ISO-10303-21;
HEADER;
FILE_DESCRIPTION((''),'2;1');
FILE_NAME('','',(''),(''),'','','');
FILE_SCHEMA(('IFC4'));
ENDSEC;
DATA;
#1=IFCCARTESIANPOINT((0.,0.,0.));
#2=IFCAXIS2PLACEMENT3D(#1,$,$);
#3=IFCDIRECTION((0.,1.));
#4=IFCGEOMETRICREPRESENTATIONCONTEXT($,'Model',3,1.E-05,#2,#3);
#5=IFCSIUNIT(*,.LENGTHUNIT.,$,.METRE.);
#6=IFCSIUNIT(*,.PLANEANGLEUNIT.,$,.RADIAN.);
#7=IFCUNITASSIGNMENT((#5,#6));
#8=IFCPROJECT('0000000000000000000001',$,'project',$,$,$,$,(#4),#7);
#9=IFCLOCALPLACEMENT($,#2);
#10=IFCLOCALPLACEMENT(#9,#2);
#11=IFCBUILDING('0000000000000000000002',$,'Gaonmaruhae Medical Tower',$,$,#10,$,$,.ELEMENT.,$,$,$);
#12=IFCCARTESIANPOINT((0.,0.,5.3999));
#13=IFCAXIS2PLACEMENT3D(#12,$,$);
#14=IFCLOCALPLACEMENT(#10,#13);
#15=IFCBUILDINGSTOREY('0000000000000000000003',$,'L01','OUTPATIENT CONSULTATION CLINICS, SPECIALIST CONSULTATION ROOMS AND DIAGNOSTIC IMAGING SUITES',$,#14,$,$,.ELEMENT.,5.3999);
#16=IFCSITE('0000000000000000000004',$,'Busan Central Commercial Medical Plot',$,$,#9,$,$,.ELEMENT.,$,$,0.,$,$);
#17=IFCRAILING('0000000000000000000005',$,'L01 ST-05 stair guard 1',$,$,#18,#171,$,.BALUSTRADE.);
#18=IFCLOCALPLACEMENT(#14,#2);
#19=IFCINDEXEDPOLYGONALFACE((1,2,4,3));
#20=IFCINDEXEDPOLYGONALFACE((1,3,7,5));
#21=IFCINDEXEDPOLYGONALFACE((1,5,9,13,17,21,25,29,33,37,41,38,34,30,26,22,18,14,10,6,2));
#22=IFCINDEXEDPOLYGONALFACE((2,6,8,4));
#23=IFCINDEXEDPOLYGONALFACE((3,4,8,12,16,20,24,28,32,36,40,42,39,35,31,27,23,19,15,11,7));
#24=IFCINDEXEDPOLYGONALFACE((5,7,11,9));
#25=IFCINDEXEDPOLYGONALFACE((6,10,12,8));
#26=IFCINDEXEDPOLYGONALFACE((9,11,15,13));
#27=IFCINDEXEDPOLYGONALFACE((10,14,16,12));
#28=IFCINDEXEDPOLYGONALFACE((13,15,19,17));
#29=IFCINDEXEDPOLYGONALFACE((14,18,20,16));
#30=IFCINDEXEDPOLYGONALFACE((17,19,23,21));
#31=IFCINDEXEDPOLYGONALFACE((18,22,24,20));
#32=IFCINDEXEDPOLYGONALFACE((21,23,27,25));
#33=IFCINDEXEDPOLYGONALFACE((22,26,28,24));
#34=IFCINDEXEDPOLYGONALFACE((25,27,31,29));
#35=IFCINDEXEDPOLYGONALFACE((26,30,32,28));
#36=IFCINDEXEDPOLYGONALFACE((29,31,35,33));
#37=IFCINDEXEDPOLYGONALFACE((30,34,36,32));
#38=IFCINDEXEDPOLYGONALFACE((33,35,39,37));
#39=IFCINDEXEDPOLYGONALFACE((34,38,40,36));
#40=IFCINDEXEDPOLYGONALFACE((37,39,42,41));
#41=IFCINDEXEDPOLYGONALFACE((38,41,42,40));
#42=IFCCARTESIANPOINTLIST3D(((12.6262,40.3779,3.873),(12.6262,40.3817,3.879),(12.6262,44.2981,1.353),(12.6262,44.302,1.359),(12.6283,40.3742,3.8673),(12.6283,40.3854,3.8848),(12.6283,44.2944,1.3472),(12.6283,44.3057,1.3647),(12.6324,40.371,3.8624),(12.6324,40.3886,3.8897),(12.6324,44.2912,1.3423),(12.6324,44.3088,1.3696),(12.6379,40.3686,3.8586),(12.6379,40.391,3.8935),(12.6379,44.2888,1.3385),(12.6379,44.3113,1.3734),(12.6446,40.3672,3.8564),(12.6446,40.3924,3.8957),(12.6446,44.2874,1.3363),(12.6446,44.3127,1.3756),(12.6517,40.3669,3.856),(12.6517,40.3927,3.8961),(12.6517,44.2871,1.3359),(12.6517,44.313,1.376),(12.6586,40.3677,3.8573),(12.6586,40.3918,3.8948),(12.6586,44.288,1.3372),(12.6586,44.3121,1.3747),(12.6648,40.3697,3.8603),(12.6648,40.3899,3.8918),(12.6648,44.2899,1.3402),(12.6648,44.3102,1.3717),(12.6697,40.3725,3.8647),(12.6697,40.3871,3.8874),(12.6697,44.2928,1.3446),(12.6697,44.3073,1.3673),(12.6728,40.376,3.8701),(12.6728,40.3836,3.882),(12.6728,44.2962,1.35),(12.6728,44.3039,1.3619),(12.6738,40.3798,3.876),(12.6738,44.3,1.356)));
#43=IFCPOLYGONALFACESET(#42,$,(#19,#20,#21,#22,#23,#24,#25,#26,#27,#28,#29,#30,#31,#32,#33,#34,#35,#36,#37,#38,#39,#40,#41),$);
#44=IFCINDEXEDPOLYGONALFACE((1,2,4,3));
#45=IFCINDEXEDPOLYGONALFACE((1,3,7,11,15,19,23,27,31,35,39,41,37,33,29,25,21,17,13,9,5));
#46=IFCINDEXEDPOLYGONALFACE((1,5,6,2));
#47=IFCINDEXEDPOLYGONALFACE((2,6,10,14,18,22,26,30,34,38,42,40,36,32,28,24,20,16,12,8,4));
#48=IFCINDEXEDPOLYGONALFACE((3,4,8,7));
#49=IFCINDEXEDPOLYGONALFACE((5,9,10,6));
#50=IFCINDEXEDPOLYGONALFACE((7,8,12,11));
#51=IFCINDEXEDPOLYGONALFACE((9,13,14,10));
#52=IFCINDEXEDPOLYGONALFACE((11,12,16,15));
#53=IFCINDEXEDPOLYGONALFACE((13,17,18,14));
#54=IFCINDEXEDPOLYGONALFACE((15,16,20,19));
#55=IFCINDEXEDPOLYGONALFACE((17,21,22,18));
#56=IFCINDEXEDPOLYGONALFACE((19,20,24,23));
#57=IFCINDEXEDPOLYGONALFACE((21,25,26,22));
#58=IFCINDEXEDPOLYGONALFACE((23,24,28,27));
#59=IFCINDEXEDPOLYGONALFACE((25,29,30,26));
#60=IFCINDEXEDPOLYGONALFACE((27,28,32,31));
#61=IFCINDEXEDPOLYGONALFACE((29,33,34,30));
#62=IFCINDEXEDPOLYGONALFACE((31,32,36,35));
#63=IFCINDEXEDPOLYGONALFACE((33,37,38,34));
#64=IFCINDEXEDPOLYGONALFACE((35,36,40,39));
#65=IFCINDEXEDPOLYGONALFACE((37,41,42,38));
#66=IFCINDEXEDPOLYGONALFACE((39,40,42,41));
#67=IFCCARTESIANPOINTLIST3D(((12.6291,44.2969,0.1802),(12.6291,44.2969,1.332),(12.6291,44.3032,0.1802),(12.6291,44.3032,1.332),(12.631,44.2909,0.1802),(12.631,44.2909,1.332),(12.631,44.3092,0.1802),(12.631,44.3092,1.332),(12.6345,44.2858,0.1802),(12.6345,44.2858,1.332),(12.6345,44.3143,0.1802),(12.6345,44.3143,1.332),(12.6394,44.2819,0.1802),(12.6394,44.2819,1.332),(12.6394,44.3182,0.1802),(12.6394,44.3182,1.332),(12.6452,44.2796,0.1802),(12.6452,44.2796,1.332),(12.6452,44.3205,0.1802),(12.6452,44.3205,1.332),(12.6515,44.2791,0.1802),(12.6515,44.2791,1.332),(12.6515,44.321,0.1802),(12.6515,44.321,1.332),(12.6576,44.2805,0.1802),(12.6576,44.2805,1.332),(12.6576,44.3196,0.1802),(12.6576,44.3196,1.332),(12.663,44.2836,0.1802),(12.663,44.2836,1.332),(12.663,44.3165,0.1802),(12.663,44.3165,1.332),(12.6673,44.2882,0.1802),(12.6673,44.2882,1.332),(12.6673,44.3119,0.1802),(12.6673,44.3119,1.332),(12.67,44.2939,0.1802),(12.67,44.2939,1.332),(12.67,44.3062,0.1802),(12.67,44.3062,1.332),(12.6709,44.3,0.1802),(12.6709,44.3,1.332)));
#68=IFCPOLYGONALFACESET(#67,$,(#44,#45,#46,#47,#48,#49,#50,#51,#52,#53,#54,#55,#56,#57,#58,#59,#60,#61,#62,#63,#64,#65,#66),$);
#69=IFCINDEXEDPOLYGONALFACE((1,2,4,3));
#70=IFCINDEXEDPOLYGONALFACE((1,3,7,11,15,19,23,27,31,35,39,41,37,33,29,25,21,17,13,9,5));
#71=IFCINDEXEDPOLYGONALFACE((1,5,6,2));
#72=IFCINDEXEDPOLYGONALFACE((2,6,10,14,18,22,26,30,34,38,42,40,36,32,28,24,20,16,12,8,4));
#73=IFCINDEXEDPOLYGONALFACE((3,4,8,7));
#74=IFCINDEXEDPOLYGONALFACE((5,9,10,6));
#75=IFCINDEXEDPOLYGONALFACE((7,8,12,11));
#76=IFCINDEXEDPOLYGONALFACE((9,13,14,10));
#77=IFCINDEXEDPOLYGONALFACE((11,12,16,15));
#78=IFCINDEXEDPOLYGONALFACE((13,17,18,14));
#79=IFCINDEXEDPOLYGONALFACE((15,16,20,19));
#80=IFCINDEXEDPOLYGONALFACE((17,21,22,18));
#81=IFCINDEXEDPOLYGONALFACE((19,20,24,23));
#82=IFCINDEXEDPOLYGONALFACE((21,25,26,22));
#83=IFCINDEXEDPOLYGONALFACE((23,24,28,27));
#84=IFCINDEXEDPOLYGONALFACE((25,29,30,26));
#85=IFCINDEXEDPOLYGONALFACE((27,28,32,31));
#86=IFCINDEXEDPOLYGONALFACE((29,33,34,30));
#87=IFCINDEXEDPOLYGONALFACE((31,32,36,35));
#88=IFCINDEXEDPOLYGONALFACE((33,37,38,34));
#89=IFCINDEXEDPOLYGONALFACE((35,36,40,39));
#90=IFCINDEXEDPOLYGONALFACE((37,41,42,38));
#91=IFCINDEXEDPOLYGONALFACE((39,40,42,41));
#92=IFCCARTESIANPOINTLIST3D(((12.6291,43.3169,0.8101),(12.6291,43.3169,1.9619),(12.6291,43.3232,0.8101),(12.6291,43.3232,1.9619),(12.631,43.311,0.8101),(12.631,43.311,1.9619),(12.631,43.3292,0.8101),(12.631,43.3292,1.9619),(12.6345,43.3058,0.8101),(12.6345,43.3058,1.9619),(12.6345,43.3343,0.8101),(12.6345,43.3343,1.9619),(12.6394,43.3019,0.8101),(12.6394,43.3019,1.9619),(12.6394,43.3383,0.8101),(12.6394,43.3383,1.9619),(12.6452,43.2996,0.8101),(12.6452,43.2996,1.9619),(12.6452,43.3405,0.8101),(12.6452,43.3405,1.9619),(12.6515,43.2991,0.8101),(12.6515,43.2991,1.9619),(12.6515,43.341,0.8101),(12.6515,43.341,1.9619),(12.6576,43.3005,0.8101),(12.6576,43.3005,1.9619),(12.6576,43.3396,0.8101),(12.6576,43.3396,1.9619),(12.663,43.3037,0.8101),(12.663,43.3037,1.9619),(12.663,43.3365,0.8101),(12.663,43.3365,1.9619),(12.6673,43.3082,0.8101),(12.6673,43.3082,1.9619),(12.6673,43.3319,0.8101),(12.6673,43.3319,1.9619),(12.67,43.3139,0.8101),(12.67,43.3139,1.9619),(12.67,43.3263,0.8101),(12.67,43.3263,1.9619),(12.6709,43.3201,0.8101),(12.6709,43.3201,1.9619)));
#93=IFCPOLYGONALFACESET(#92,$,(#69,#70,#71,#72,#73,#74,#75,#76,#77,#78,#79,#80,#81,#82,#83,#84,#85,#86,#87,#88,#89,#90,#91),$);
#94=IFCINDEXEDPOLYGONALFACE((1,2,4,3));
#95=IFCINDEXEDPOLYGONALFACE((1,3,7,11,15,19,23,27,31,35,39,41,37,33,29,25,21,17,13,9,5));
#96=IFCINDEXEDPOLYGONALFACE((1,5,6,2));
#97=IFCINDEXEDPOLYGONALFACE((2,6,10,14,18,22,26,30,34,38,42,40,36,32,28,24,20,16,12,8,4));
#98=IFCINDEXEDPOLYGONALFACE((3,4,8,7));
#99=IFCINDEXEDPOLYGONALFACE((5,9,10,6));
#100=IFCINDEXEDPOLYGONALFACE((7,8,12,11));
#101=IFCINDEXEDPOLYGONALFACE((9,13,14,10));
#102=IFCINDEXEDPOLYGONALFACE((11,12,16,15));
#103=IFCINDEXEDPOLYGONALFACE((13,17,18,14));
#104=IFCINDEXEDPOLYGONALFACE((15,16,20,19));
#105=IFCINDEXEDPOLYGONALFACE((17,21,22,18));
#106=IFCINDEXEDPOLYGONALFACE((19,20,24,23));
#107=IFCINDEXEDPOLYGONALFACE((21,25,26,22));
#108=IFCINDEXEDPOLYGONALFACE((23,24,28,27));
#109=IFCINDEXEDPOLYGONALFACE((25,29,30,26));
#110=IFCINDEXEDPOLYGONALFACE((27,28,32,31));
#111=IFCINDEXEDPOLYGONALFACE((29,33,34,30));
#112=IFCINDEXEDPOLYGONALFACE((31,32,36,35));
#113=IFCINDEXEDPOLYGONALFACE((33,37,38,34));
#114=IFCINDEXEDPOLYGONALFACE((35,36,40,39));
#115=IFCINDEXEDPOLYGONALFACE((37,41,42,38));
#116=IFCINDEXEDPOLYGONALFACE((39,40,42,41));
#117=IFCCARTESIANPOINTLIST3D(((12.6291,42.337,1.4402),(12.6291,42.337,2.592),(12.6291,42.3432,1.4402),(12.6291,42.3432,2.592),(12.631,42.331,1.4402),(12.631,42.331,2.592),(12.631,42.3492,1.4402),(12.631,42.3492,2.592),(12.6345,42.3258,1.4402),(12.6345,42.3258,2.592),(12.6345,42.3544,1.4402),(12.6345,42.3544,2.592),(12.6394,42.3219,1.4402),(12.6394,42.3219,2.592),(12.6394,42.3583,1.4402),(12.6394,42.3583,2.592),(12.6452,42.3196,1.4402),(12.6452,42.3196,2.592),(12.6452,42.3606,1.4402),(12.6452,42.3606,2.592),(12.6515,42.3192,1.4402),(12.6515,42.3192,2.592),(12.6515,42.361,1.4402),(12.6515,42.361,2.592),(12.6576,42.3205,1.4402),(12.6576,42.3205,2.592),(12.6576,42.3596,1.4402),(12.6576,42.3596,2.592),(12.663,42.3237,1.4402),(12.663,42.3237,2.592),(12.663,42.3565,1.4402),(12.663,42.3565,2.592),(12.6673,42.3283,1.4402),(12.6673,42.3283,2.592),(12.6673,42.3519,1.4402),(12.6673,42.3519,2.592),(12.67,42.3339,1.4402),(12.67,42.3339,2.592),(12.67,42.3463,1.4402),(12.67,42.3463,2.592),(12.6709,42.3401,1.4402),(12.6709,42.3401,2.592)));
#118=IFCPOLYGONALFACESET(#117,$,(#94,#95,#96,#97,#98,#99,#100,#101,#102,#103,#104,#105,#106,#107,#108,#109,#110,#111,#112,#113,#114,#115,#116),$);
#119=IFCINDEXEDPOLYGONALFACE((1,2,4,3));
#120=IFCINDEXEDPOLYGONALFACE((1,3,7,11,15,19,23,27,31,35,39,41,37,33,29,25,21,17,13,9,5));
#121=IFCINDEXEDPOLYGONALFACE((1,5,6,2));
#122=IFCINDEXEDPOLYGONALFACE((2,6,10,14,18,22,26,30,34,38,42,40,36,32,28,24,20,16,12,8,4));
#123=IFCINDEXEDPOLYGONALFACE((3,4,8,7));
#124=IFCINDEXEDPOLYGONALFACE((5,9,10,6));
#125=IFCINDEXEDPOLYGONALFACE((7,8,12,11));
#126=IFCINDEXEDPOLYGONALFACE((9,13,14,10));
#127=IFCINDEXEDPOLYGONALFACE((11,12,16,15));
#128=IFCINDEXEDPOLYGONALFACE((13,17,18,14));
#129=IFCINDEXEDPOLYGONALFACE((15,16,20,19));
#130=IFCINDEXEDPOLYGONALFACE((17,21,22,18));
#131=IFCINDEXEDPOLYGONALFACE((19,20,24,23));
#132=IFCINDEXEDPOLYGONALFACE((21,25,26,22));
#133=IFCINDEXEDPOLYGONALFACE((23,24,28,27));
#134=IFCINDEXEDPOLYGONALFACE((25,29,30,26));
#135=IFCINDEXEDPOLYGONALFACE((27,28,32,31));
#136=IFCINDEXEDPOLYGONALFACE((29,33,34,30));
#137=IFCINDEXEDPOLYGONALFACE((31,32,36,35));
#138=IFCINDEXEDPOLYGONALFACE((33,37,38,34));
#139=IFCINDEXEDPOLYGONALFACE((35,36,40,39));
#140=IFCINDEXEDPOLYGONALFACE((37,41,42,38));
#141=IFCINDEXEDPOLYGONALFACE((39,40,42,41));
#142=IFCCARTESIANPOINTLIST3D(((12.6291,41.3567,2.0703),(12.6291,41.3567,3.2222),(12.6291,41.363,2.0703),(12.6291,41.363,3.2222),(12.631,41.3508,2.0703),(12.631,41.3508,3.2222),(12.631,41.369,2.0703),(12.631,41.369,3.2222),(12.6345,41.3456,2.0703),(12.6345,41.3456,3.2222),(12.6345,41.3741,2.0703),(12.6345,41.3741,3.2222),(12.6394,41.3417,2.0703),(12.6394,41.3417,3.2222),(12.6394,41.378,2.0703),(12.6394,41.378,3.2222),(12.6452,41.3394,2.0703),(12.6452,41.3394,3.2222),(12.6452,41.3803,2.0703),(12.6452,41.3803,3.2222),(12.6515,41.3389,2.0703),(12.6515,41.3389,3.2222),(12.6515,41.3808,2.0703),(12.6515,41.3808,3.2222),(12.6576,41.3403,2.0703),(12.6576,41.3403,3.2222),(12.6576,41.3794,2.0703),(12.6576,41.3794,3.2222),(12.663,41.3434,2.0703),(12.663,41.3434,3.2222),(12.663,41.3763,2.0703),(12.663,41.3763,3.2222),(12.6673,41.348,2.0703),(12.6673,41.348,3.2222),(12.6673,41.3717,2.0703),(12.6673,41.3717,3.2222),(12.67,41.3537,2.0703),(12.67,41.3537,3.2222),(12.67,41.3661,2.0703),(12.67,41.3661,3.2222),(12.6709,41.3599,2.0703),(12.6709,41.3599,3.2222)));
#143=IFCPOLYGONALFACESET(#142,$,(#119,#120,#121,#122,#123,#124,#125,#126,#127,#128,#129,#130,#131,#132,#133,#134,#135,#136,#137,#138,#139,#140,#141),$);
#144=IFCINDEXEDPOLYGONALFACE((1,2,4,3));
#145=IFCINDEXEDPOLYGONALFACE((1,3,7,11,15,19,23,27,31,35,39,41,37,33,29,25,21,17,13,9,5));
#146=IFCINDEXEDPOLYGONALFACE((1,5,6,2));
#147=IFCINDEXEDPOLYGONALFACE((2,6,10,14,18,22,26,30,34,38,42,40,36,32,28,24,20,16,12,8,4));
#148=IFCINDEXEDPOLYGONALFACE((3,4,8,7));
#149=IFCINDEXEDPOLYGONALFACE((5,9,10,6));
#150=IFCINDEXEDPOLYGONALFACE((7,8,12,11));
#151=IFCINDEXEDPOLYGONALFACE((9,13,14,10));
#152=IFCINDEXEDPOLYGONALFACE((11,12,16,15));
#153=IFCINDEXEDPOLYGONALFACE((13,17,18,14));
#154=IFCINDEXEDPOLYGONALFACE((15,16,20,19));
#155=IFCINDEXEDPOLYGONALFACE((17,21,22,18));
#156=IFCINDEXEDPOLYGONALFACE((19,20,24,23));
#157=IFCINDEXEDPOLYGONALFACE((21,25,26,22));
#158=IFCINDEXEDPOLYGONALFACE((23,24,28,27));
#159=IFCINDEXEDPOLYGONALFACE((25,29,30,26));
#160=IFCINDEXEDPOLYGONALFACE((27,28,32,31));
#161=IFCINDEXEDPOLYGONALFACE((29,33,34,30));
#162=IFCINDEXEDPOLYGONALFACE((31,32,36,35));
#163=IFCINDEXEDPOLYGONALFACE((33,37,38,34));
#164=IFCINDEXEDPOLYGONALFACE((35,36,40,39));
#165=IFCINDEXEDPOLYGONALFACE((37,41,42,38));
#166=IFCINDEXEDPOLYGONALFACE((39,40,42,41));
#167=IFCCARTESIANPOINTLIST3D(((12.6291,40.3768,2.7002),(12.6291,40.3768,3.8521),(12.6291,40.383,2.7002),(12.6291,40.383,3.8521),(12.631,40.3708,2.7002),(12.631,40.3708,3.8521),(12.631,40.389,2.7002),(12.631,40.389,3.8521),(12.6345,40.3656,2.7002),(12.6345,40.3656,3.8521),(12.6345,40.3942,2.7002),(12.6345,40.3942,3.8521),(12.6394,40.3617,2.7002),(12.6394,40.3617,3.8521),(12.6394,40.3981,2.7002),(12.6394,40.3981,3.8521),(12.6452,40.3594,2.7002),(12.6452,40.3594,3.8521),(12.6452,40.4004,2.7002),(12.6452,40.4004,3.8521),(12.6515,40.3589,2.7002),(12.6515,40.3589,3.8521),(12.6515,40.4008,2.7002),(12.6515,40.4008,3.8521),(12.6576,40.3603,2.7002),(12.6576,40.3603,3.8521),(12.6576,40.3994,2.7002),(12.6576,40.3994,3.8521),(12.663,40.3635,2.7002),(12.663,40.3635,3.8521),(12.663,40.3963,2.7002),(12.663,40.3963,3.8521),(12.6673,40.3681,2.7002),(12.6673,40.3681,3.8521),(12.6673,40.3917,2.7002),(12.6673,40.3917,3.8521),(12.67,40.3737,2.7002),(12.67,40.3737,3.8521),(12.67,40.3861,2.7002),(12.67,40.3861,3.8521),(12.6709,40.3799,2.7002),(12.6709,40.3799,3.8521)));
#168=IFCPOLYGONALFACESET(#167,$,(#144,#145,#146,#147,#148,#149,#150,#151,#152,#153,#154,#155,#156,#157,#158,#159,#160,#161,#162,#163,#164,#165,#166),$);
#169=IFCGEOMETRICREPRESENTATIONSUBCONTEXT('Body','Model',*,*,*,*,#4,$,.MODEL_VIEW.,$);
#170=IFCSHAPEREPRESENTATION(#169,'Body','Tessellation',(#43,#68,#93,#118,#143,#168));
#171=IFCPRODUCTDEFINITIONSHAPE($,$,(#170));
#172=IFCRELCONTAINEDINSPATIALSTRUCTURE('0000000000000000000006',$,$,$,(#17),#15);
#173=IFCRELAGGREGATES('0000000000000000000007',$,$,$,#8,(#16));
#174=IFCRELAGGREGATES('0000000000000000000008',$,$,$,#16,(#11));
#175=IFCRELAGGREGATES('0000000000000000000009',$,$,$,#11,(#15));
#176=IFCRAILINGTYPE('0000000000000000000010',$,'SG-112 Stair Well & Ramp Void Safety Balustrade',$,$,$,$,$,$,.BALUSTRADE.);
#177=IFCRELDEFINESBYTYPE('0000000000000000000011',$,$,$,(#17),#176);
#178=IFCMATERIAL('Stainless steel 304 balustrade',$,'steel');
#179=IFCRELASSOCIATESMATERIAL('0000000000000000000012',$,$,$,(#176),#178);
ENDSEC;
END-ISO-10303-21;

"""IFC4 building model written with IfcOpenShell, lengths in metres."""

from ifc_helpers import new_model, si_unit, direction, frame, origin, origin_2d, place, context, subcontext, project, spatial, circle, extrude, material, type_object, element, save


model = new_model("IFC4")

# Units and contexts
model_context = context("Model", 3, precision=1e-05, world=origin(), true_north=direction((0.0, 1.0)))
body_context = subcontext(model_context, "Body", "Model", "MODEL_VIEW")
ifc_project = project(units=[si_unit("LENGTHUNIT", "METRE"), si_unit("PLANEANGLEUNIT", "RADIAN")], contexts=[model_context])

# Site, building, storey
site_placement = place(None, origin())
site = spatial("IfcSite", under=ifc_project, at=site_placement, Name="Busan Central Commercial Medical Plot", CompositionType="ELEMENT", RefElevation=0.0)
building_placement = place(site_placement, origin())
building = spatial("IfcBuilding", under=site, at=building_placement, Name="Gaonmaruhae Medical Tower", CompositionType="ELEMENT")
storey_placement = place(building_placement, frame((0.0, 0.0, 5.3999)))
storey = spatial("IfcBuildingStorey", under=building, at=storey_placement, Name="L01", Description="OUTPATIENT CONSULTATION CLINICS, SPECIALIST CONSULTATION ROOMS AND DIAGNOSTIC IMAGING SUITES", CompositionType="ELEMENT", Elevation=5.3999)

# Railing
ifc_material_1 = material(Name="Stainless steel 304 balustrade", Category="steel")
railing_type_1 = type_object("IfcRailingType", Name="SG-112 Stair Well & Ramp Void Safety Balustrade", PredefinedType="BALUSTRADE", material=ifc_material_1)
railing_1_placement = place(storey_placement, frame((12.6499, 44.3, 0.1802)))
element("IfcRailing", 1, at=railing_1_placement, inside=storey, type_object=railing_type_1, Name="L01 ST-05 stair guard 1", PredefinedType="BALUSTRADE", context=body_context, shape_type="SweptSolid", body=[
    extrude(circle(Radius=0.0239, at=origin_2d()), frame((0.0, 0.0, 1.1758), z_axis=(0.0, -0.841187, 0.540744), x_axis=(1.0, 0.0, 0.0)), (0.0, 0.0, 1.0), 4.6604),
    extrude(circle(Radius=0.021, at=origin_2d()), origin(), (0.0, 0.0, 1.0), 1.1519),
    extrude(circle(Radius=0.021, at=origin_2d()), frame((0.0, -0.98, 0.6299)), (0.0, 0.0, 1.0), 1.1519),
    extrude(circle(Radius=0.021, at=origin_2d()), frame((0.0, -1.96, 1.26)), (0.0, 0.0, 1.0), 1.1519),
    extrude(circle(Radius=0.021, at=origin_2d()), frame((0.0, -2.9402, 1.8901)), (0.0, 0.0, 1.0), 1.1519),
    extrude(circle(Radius=0.021, at=origin_2d()), frame((0.0, -3.9202, 2.52)), (0.0, 0.0, 1.0), 1.1519),
])

save(model, "model.ifc")
